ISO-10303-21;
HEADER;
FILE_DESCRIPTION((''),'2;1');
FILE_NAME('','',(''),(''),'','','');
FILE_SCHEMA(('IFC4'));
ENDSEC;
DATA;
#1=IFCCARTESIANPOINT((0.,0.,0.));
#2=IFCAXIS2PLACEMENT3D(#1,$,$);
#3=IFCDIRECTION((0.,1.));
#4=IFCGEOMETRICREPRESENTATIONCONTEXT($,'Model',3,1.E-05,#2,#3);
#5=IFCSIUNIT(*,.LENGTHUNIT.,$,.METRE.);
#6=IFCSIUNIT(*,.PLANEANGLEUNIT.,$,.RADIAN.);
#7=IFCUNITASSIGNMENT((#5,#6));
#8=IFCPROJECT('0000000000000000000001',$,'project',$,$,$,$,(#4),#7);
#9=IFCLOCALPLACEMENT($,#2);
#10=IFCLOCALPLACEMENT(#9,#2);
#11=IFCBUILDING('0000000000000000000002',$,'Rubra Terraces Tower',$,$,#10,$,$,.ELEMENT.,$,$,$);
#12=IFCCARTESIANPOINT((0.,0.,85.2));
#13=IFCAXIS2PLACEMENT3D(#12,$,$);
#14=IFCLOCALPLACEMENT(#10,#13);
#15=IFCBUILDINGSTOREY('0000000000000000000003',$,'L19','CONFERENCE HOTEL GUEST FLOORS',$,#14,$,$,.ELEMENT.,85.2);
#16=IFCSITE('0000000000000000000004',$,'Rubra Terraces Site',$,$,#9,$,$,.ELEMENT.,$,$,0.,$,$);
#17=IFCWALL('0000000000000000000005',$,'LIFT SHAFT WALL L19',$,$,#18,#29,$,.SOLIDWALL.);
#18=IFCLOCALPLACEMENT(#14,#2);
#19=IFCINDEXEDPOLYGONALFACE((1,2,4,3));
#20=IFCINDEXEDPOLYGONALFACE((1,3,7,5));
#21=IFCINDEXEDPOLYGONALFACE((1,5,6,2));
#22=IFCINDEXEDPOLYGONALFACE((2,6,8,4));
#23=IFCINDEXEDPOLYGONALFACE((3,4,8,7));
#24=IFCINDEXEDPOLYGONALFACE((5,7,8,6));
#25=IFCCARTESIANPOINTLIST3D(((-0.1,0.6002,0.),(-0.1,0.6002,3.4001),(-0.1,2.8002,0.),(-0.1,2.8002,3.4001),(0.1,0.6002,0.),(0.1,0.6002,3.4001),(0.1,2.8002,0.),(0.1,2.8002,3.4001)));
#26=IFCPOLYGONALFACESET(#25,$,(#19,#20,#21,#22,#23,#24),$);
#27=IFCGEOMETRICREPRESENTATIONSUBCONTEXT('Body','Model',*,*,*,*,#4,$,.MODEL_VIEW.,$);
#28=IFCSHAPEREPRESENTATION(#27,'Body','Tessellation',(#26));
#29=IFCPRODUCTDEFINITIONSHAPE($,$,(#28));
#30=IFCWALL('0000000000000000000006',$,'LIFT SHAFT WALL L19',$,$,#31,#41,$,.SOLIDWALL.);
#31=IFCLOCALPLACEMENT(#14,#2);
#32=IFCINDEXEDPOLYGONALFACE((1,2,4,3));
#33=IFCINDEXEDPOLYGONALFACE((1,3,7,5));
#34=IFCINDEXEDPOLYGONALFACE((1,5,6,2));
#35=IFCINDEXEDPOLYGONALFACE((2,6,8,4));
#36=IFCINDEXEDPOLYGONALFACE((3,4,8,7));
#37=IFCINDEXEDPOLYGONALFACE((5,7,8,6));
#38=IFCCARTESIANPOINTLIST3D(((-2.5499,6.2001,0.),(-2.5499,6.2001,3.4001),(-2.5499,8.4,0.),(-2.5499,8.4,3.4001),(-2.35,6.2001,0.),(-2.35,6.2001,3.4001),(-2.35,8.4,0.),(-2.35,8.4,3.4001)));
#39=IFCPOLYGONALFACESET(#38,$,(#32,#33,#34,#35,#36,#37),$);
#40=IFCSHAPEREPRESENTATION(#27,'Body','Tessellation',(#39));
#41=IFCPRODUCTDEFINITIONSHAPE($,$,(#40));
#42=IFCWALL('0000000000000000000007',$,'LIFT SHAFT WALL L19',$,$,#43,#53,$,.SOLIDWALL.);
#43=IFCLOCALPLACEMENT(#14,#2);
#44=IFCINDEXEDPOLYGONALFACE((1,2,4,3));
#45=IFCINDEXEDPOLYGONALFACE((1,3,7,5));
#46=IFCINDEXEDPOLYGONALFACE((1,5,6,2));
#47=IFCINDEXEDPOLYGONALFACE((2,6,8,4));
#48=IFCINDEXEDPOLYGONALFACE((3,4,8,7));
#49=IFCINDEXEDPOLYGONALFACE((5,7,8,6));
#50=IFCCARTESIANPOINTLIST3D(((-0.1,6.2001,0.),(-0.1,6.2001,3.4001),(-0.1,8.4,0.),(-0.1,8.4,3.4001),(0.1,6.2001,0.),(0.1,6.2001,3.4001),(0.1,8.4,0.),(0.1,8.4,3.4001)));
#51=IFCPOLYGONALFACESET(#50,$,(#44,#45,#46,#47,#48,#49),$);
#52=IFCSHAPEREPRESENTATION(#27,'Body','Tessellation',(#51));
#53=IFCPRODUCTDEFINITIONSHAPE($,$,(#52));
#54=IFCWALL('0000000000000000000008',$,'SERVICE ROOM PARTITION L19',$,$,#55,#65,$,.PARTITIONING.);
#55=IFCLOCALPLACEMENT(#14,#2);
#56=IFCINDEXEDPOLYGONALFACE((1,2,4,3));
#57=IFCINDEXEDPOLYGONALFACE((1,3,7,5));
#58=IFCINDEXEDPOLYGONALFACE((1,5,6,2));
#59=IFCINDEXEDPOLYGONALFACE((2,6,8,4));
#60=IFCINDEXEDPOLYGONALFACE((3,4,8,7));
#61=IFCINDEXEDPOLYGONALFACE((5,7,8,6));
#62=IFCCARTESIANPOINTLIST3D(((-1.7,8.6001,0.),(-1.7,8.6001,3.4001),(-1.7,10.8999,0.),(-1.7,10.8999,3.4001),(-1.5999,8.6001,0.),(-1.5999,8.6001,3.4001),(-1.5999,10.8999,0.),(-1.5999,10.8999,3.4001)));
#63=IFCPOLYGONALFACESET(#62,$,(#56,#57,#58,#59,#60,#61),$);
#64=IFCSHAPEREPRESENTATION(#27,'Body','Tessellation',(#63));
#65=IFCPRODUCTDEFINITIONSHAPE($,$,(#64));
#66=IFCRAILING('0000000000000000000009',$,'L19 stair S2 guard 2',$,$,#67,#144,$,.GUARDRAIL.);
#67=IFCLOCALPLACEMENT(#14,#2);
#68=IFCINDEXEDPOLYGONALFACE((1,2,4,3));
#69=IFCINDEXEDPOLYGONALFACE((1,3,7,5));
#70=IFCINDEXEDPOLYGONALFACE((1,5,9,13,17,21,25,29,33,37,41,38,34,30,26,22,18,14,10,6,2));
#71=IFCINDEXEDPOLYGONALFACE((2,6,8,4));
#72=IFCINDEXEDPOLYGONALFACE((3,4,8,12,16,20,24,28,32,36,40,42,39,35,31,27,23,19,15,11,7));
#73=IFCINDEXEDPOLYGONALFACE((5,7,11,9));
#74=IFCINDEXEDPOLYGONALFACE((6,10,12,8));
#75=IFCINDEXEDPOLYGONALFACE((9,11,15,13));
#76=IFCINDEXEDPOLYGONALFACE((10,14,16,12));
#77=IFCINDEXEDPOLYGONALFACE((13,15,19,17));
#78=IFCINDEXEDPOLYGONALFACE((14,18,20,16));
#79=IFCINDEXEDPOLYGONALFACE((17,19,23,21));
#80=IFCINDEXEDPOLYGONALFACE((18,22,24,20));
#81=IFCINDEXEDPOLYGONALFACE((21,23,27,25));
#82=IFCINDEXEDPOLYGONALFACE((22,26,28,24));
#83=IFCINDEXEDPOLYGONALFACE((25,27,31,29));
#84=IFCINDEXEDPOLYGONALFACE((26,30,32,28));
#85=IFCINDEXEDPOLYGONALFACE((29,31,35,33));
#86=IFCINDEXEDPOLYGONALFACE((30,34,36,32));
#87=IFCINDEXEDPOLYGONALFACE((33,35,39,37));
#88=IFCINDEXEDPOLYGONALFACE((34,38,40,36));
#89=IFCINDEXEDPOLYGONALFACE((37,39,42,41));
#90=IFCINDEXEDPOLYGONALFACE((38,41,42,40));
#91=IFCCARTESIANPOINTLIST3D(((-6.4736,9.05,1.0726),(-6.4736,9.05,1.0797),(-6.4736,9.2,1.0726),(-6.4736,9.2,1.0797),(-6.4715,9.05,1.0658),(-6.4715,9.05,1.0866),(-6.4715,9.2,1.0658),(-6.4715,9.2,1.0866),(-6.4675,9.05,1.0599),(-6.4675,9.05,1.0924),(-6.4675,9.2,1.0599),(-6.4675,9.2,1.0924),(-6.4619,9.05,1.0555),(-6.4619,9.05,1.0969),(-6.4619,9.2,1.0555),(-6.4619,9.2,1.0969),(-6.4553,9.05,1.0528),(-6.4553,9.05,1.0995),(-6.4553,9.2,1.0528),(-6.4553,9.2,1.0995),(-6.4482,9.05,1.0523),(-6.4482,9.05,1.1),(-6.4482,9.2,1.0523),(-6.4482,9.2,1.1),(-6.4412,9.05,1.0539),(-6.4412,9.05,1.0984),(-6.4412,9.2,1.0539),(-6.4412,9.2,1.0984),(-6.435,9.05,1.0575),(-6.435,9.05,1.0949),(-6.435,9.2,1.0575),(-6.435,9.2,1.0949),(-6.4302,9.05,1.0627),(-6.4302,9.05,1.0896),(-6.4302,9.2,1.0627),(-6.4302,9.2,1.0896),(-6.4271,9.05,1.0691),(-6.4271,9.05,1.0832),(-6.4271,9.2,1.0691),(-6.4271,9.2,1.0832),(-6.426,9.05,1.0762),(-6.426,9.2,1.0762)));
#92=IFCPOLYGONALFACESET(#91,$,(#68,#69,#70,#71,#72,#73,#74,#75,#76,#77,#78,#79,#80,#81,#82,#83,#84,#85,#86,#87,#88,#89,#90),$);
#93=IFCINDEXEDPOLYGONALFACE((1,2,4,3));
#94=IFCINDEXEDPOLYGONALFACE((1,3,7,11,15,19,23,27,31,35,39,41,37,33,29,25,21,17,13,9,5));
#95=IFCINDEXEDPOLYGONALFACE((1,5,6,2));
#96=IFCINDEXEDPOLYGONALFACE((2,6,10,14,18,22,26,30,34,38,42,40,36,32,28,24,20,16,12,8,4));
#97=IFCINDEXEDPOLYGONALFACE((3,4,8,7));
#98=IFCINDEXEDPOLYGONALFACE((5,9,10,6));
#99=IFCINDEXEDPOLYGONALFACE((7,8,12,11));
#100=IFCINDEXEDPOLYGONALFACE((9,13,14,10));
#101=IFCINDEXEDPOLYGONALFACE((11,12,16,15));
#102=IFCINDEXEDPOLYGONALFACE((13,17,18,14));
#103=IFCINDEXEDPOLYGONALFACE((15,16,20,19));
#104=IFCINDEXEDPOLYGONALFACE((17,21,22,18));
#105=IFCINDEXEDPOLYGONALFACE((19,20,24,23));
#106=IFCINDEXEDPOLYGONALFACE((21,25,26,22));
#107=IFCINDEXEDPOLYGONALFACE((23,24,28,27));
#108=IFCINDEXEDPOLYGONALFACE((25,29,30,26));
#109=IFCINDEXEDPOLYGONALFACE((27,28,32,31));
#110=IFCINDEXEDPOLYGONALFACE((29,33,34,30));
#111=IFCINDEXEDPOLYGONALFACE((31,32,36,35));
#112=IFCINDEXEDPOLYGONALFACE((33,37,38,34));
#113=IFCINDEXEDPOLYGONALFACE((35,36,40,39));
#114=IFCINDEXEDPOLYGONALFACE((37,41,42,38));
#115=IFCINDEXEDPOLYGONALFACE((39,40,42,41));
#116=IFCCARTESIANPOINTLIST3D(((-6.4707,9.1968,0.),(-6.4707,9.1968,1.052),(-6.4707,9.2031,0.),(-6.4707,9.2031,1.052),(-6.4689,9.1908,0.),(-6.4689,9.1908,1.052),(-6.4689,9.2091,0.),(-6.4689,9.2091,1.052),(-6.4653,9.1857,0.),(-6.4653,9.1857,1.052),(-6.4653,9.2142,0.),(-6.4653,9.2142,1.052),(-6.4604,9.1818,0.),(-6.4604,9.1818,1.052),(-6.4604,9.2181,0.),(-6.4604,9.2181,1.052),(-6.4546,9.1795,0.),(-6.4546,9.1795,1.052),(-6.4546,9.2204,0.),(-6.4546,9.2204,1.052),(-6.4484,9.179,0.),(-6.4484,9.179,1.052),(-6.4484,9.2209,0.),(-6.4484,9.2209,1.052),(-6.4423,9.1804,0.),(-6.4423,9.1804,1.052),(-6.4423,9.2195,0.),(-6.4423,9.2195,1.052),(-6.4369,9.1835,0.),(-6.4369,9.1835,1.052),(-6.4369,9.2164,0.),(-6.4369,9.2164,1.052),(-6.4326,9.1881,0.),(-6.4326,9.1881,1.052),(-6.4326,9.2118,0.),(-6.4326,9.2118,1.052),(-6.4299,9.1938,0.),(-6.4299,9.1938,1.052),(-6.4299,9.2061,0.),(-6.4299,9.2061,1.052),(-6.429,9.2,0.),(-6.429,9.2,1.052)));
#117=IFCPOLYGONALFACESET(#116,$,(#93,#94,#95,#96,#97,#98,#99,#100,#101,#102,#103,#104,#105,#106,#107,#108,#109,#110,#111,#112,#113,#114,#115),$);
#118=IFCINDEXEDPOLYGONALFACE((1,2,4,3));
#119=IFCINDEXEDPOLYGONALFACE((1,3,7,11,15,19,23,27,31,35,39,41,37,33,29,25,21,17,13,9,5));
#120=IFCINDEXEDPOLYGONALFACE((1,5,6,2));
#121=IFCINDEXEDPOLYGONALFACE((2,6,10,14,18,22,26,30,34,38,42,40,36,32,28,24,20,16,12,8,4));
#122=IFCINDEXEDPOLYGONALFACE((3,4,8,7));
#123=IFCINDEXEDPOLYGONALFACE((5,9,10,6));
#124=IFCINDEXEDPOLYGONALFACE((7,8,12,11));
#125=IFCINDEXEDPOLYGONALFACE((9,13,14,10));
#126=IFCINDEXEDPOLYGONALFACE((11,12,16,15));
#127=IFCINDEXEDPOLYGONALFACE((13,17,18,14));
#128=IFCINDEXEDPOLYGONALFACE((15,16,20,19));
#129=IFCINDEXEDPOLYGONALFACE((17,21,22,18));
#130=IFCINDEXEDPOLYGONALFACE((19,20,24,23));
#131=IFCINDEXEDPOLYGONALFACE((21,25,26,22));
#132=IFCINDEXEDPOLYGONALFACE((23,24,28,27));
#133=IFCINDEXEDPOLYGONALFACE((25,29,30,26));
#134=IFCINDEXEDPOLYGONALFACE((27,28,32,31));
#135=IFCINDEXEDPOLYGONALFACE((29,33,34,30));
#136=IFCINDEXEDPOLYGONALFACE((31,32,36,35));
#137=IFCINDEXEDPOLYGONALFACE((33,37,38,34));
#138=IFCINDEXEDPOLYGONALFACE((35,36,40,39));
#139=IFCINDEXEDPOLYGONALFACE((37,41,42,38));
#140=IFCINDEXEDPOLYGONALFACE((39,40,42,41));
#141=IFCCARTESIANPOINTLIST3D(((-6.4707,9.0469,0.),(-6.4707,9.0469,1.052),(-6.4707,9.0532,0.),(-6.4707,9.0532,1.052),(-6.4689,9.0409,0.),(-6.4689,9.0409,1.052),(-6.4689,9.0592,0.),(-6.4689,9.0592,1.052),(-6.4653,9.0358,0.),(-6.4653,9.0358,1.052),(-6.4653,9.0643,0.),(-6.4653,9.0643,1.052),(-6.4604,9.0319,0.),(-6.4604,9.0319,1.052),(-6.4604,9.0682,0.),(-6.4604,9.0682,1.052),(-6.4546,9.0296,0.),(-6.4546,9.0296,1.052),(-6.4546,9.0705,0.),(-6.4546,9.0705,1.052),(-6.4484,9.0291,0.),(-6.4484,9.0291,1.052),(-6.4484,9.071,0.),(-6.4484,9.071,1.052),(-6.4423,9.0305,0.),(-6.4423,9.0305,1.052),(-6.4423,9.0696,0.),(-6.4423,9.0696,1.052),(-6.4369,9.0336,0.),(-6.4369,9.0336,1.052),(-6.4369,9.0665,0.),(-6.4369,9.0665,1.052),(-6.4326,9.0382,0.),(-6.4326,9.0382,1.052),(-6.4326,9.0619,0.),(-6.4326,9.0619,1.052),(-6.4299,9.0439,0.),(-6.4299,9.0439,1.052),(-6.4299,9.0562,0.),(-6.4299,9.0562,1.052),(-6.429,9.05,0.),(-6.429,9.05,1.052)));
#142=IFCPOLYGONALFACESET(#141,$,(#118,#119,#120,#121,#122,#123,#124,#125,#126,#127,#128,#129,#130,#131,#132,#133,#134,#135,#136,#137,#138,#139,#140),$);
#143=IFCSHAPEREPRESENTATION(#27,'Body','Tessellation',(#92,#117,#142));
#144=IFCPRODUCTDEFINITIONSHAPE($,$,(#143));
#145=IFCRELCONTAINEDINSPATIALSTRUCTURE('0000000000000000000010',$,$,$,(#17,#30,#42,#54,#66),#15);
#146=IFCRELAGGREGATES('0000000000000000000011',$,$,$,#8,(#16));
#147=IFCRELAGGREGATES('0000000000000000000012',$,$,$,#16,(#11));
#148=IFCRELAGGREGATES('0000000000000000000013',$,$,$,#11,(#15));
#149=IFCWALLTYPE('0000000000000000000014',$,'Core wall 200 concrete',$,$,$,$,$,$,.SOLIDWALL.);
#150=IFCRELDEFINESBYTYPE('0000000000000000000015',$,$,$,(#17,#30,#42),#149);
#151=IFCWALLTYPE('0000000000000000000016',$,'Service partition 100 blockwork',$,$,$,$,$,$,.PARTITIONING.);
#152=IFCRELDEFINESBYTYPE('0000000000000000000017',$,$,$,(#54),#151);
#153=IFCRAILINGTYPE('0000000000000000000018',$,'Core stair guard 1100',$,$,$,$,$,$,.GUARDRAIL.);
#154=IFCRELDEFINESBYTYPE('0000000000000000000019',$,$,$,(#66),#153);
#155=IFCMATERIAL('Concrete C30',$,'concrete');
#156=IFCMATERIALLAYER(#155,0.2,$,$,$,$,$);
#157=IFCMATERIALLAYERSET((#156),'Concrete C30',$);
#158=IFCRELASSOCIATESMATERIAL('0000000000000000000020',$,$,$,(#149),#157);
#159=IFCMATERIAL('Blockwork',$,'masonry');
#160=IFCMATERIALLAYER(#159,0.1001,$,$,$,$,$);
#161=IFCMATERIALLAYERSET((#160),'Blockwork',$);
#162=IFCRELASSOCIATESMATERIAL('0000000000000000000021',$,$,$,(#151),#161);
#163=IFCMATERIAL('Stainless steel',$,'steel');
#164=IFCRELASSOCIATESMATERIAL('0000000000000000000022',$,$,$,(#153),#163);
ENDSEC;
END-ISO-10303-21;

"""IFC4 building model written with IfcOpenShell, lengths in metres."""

from ifc_helpers import new_model, si_unit, direction, frame, frame_2d, origin, origin_2d, place, context, subcontext, project, spatial, rectangle, circle, extrude, material, layer, layer_set, type_object, element, save


model = new_model("IFC4")

# Units and contexts
model_context = context("Model", 3, precision=1e-05, world=origin(), true_north=direction((0.0, 1.0)))
body_context = subcontext(model_context, "Body", "Model", "MODEL_VIEW")
ifc_project = project(units=[si_unit("LENGTHUNIT", "METRE"), si_unit("PLANEANGLEUNIT", "RADIAN")], contexts=[model_context])

# Site, building, storey
site_placement = place(None, origin())
site = spatial("IfcSite", under=ifc_project, at=site_placement, Name="Rubra Terraces Site", CompositionType="ELEMENT", RefElevation=0.0)
building_placement = place(site_placement, origin())
building = spatial("IfcBuilding", under=site, at=building_placement, Name="Rubra Terraces Tower", CompositionType="ELEMENT")
storey_placement = place(building_placement, frame((0.0, 0.0, 85.2)))
storey = spatial("IfcBuildingStorey", under=building, at=storey_placement, Name="L19", Description="CONFERENCE HOTEL GUEST FLOORS", CompositionType="ELEMENT", Elevation=85.2)

# Shared definitions
ifc_material_1 = material(Name="Concrete C30", Category="concrete")
ifc_layer_1 = layer(ifc_material_1, 0.2)
ifc_layer_set_1 = layer_set([ifc_layer_1], Name="Concrete C30")
wall_type_1 = type_object("IfcWallType", Name="Core wall 200 concrete", PredefinedType="SOLIDWALL", material=ifc_layer_set_1)

# Shared definitions
ifc_material_2 = material(Name="Stainless steel", Category="steel")

# Walls
for number, where, z_axis, x_axis, name in (
    (1, (0.0, 0.6001, 0.0), (0.0, 0.0, 1.0), (0.0, 1.0, 0.0), "LIFT SHAFT WALL L19"),
    (2, (-2.45, 6.2, 0.0), (0.0, 0.0, 1.0), (0.0, 1.0, 0.0), "LIFT SHAFT WALL L19"),
    (3, (0.0, 6.2, 0.0), (0.0, 0.0, 1.0), (0.0, 1.0, 0.0), "LIFT SHAFT WALL L19"),
):
    element("IfcWall", number, at=place(storey_placement, frame(where, z_axis=z_axis, x_axis=x_axis)), inside=storey, type_object=wall_type_1, Name=name, PredefinedType="SOLIDWALL", context=body_context, shape_type="SweptSolid", body=[
        extrude(rectangle(XDim=2.2, YDim=0.2, at=frame_2d((1.1001, 0.0))), origin(), (0.0, 0.0, 1.0), 3.4001),
    ])
ifc_material_3 = material(Name="Blockwork", Category="masonry")
ifc_layer_2 = layer(ifc_material_3, 0.1001)
ifc_layer_set_2 = layer_set([ifc_layer_2], Name="Blockwork")
wall_type_2 = type_object("IfcWallType", Name="Service partition 100 blockwork", PredefinedType="PARTITIONING", material=ifc_layer_set_2)
wall_1_placement = place(storey_placement, frame((-1.6499, 8.6001, 0.0), z_axis=(0.0, 0.0, 1.0), x_axis=(0.0, 1.0, 0.0)))
element("IfcWall", 4, at=wall_1_placement, inside=storey, type_object=wall_type_2, Name="SERVICE ROOM PARTITION L19", PredefinedType="PARTITIONING", context=body_context, shape_type="SweptSolid", body=[
    extrude(rectangle(XDim=2.2998, YDim=0.1001, at=frame_2d((1.1499, 0.0))), origin(), (0.0, 0.0, 1.0), 3.4001),
])

# Railing
railing_type_1 = type_object("IfcRailingType", Name="Core stair guard 1100", PredefinedType="GUARDRAIL", material=ifc_material_2)
railing_1_placement = place(storey_placement, frame((-6.45, 9.2, 0.0)))
element("IfcRailing", 5, at=railing_1_placement, inside=storey, type_object=railing_type_1, Name="L19 stair S2 guard 2", PredefinedType="GUARDRAIL", context=body_context, shape_type="SweptSolid", body=[
    extrude(circle(Radius=0.0239, at=origin_2d()), frame((0.0, 0.0, 1.0762), z_axis=(0.0, -1.0, 0.0), x_axis=(1.0, 0.0, 0.0)), (0.0, 0.0, 1.0), 0.1499),
    extrude(circle(Radius=0.021, at=origin_2d()), origin(), (0.0, 0.0, 1.0), 1.052),
    extrude(circle(Radius=0.021, at=origin_2d()), frame((0.0, -0.1499, 0.0)), (0.0, 0.0, 1.0), 1.052),
])

save(model, "model.ifc")
